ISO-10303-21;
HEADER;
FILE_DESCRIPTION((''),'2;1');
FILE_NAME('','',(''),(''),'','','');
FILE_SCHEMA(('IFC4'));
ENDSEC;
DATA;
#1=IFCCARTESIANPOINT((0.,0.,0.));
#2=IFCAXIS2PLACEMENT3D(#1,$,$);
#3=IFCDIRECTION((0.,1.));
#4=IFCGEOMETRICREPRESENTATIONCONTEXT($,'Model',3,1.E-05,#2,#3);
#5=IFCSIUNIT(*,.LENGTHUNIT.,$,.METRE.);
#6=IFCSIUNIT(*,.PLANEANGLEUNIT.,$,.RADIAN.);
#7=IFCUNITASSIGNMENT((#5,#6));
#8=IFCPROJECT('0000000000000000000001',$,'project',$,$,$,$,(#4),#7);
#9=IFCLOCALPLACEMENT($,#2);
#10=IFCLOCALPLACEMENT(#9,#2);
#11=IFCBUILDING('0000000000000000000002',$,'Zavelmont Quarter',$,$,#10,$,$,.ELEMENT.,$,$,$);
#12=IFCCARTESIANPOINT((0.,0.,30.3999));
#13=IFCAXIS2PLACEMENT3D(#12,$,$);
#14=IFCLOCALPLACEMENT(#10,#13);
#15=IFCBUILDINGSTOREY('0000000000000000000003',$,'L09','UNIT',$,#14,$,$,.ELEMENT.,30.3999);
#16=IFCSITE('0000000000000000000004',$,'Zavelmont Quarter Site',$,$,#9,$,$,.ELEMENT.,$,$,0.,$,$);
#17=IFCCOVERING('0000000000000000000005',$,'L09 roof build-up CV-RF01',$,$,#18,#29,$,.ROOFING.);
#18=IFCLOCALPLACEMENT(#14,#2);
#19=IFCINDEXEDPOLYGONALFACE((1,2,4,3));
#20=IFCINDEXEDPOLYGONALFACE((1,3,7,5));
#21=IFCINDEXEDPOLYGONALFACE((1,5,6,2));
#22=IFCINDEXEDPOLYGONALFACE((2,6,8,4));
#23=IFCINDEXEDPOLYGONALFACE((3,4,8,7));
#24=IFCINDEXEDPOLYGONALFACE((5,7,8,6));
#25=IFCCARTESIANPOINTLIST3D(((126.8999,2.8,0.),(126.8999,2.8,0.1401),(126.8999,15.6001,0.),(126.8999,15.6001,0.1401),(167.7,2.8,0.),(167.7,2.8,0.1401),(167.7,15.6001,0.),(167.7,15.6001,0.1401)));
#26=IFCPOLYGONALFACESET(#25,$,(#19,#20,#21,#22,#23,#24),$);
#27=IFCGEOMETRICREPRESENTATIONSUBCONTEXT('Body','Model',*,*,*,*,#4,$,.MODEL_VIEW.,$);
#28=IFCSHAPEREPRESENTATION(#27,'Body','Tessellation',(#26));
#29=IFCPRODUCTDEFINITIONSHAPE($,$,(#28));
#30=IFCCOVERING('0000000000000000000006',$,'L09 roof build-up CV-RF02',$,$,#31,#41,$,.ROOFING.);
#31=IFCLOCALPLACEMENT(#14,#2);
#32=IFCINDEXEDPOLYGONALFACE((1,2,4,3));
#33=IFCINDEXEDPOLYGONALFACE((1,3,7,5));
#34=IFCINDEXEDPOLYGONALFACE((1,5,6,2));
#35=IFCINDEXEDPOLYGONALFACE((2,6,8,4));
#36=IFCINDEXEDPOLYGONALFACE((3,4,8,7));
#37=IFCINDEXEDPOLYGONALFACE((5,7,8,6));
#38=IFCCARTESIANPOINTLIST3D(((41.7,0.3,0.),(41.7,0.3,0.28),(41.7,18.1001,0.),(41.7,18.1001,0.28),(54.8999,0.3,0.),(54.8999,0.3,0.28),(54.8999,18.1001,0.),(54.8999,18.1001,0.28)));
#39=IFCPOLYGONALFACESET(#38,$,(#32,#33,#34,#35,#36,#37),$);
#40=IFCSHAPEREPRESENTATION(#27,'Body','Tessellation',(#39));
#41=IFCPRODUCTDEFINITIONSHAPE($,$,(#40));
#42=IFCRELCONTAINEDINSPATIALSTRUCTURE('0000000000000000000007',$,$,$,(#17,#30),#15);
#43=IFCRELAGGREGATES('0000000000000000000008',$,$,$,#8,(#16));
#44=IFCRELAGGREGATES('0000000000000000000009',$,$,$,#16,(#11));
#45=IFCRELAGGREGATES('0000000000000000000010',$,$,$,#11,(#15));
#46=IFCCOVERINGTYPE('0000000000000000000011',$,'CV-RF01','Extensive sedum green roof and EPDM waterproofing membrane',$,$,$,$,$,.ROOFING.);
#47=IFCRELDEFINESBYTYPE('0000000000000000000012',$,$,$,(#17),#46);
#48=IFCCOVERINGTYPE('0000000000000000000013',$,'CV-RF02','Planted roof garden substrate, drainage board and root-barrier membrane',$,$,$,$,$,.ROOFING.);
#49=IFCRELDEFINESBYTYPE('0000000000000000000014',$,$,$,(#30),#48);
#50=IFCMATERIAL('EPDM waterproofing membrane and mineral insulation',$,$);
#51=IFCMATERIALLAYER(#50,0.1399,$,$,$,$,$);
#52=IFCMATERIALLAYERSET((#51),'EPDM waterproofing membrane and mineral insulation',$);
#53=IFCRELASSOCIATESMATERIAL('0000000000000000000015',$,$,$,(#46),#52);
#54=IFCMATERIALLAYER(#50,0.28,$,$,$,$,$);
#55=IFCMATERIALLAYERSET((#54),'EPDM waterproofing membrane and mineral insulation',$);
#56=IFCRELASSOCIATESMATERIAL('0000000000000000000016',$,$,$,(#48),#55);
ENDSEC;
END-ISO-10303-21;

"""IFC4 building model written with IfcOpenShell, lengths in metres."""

from ifc_helpers import new_model, si_unit, direction, frame, origin, place, context, subcontext, project, spatial, polyline, outline, extrude, material, layer, layer_set, type_object, element, save


model = new_model("IFC4")

# Units and contexts
model_context = context("Model", 3, precision=1e-05, world=origin(), true_north=direction((0.0, 1.0)))
body_context = subcontext(model_context, "Body", "Model", "MODEL_VIEW")
ifc_project = project(units=[si_unit("LENGTHUNIT", "METRE"), si_unit("PLANEANGLEUNIT", "RADIAN")], contexts=[model_context])

# Site, building, storey
site_placement = place(None, origin())
site = spatial("IfcSite", under=ifc_project, at=site_placement, Name="Zavelmont Quarter Site", CompositionType="ELEMENT", RefElevation=0.0)
building_placement = place(site_placement, origin())
building = spatial("IfcBuilding", under=site, at=building_placement, Name="Zavelmont Quarter", CompositionType="ELEMENT")
storey_placement = place(building_placement, frame((0.0, 0.0, 30.3999)))
storey = spatial("IfcBuildingStorey", under=building, at=storey_placement, Name="L09", Description="UNIT", CompositionType="ELEMENT", Elevation=30.3999)

# Coverings
ifc_material_1 = material(Name="EPDM waterproofing membrane and mineral insulation")
ifc_layer_1 = layer(ifc_material_1, 0.1399)
ifc_layer_set_1 = layer_set([ifc_layer_1], Name="EPDM waterproofing membrane and mineral insulation")
covering_type_1 = type_object("IfcCoveringType", Name="CV-RF01", Description="Extensive sedum green roof and EPDM waterproofing membrane", PredefinedType="ROOFING", material=ifc_layer_set_1)
covering_1_placement = place(storey_placement, origin())
element("IfcCovering", 1, at=covering_1_placement, inside=storey, type_object=covering_type_1, Name="L09 roof build-up CV-RF01", PredefinedType="ROOFING", context=body_context, shape_type="SweptSolid", body=[
    extrude(outline(polyline([(126.8999, 2.8), (167.7, 2.8), (167.7, 15.6001), (126.8999, 15.6001), (126.8999, 2.8)])), origin(), (0.0, 0.0, 1.0), 0.1401),
])
ifc_layer_2 = layer(ifc_material_1, 0.28)
ifc_layer_set_2 = layer_set([ifc_layer_2], Name="EPDM waterproofing membrane and mineral insulation")
covering_type_2 = type_object("IfcCoveringType", Name="CV-RF02", Description="Planted roof garden substrate, drainage board and root-barrier membrane", PredefinedType="ROOFING", material=ifc_layer_set_2)
covering_2_placement = place(storey_placement, origin())
element("IfcCovering", 2, at=covering_2_placement, inside=storey, type_object=covering_type_2, Name="L09 roof build-up CV-RF02", PredefinedType="ROOFING", context=body_context, shape_type="SweptSolid", body=[
    extrude(outline(polyline([(41.7, 0.3), (54.8999, 0.3), (54.8999, 18.1001), (41.7, 18.1001), (41.7, 0.3)])), origin(), (0.0, 0.0, 1.0), 0.28),
])

save(model, "model.ifc")
